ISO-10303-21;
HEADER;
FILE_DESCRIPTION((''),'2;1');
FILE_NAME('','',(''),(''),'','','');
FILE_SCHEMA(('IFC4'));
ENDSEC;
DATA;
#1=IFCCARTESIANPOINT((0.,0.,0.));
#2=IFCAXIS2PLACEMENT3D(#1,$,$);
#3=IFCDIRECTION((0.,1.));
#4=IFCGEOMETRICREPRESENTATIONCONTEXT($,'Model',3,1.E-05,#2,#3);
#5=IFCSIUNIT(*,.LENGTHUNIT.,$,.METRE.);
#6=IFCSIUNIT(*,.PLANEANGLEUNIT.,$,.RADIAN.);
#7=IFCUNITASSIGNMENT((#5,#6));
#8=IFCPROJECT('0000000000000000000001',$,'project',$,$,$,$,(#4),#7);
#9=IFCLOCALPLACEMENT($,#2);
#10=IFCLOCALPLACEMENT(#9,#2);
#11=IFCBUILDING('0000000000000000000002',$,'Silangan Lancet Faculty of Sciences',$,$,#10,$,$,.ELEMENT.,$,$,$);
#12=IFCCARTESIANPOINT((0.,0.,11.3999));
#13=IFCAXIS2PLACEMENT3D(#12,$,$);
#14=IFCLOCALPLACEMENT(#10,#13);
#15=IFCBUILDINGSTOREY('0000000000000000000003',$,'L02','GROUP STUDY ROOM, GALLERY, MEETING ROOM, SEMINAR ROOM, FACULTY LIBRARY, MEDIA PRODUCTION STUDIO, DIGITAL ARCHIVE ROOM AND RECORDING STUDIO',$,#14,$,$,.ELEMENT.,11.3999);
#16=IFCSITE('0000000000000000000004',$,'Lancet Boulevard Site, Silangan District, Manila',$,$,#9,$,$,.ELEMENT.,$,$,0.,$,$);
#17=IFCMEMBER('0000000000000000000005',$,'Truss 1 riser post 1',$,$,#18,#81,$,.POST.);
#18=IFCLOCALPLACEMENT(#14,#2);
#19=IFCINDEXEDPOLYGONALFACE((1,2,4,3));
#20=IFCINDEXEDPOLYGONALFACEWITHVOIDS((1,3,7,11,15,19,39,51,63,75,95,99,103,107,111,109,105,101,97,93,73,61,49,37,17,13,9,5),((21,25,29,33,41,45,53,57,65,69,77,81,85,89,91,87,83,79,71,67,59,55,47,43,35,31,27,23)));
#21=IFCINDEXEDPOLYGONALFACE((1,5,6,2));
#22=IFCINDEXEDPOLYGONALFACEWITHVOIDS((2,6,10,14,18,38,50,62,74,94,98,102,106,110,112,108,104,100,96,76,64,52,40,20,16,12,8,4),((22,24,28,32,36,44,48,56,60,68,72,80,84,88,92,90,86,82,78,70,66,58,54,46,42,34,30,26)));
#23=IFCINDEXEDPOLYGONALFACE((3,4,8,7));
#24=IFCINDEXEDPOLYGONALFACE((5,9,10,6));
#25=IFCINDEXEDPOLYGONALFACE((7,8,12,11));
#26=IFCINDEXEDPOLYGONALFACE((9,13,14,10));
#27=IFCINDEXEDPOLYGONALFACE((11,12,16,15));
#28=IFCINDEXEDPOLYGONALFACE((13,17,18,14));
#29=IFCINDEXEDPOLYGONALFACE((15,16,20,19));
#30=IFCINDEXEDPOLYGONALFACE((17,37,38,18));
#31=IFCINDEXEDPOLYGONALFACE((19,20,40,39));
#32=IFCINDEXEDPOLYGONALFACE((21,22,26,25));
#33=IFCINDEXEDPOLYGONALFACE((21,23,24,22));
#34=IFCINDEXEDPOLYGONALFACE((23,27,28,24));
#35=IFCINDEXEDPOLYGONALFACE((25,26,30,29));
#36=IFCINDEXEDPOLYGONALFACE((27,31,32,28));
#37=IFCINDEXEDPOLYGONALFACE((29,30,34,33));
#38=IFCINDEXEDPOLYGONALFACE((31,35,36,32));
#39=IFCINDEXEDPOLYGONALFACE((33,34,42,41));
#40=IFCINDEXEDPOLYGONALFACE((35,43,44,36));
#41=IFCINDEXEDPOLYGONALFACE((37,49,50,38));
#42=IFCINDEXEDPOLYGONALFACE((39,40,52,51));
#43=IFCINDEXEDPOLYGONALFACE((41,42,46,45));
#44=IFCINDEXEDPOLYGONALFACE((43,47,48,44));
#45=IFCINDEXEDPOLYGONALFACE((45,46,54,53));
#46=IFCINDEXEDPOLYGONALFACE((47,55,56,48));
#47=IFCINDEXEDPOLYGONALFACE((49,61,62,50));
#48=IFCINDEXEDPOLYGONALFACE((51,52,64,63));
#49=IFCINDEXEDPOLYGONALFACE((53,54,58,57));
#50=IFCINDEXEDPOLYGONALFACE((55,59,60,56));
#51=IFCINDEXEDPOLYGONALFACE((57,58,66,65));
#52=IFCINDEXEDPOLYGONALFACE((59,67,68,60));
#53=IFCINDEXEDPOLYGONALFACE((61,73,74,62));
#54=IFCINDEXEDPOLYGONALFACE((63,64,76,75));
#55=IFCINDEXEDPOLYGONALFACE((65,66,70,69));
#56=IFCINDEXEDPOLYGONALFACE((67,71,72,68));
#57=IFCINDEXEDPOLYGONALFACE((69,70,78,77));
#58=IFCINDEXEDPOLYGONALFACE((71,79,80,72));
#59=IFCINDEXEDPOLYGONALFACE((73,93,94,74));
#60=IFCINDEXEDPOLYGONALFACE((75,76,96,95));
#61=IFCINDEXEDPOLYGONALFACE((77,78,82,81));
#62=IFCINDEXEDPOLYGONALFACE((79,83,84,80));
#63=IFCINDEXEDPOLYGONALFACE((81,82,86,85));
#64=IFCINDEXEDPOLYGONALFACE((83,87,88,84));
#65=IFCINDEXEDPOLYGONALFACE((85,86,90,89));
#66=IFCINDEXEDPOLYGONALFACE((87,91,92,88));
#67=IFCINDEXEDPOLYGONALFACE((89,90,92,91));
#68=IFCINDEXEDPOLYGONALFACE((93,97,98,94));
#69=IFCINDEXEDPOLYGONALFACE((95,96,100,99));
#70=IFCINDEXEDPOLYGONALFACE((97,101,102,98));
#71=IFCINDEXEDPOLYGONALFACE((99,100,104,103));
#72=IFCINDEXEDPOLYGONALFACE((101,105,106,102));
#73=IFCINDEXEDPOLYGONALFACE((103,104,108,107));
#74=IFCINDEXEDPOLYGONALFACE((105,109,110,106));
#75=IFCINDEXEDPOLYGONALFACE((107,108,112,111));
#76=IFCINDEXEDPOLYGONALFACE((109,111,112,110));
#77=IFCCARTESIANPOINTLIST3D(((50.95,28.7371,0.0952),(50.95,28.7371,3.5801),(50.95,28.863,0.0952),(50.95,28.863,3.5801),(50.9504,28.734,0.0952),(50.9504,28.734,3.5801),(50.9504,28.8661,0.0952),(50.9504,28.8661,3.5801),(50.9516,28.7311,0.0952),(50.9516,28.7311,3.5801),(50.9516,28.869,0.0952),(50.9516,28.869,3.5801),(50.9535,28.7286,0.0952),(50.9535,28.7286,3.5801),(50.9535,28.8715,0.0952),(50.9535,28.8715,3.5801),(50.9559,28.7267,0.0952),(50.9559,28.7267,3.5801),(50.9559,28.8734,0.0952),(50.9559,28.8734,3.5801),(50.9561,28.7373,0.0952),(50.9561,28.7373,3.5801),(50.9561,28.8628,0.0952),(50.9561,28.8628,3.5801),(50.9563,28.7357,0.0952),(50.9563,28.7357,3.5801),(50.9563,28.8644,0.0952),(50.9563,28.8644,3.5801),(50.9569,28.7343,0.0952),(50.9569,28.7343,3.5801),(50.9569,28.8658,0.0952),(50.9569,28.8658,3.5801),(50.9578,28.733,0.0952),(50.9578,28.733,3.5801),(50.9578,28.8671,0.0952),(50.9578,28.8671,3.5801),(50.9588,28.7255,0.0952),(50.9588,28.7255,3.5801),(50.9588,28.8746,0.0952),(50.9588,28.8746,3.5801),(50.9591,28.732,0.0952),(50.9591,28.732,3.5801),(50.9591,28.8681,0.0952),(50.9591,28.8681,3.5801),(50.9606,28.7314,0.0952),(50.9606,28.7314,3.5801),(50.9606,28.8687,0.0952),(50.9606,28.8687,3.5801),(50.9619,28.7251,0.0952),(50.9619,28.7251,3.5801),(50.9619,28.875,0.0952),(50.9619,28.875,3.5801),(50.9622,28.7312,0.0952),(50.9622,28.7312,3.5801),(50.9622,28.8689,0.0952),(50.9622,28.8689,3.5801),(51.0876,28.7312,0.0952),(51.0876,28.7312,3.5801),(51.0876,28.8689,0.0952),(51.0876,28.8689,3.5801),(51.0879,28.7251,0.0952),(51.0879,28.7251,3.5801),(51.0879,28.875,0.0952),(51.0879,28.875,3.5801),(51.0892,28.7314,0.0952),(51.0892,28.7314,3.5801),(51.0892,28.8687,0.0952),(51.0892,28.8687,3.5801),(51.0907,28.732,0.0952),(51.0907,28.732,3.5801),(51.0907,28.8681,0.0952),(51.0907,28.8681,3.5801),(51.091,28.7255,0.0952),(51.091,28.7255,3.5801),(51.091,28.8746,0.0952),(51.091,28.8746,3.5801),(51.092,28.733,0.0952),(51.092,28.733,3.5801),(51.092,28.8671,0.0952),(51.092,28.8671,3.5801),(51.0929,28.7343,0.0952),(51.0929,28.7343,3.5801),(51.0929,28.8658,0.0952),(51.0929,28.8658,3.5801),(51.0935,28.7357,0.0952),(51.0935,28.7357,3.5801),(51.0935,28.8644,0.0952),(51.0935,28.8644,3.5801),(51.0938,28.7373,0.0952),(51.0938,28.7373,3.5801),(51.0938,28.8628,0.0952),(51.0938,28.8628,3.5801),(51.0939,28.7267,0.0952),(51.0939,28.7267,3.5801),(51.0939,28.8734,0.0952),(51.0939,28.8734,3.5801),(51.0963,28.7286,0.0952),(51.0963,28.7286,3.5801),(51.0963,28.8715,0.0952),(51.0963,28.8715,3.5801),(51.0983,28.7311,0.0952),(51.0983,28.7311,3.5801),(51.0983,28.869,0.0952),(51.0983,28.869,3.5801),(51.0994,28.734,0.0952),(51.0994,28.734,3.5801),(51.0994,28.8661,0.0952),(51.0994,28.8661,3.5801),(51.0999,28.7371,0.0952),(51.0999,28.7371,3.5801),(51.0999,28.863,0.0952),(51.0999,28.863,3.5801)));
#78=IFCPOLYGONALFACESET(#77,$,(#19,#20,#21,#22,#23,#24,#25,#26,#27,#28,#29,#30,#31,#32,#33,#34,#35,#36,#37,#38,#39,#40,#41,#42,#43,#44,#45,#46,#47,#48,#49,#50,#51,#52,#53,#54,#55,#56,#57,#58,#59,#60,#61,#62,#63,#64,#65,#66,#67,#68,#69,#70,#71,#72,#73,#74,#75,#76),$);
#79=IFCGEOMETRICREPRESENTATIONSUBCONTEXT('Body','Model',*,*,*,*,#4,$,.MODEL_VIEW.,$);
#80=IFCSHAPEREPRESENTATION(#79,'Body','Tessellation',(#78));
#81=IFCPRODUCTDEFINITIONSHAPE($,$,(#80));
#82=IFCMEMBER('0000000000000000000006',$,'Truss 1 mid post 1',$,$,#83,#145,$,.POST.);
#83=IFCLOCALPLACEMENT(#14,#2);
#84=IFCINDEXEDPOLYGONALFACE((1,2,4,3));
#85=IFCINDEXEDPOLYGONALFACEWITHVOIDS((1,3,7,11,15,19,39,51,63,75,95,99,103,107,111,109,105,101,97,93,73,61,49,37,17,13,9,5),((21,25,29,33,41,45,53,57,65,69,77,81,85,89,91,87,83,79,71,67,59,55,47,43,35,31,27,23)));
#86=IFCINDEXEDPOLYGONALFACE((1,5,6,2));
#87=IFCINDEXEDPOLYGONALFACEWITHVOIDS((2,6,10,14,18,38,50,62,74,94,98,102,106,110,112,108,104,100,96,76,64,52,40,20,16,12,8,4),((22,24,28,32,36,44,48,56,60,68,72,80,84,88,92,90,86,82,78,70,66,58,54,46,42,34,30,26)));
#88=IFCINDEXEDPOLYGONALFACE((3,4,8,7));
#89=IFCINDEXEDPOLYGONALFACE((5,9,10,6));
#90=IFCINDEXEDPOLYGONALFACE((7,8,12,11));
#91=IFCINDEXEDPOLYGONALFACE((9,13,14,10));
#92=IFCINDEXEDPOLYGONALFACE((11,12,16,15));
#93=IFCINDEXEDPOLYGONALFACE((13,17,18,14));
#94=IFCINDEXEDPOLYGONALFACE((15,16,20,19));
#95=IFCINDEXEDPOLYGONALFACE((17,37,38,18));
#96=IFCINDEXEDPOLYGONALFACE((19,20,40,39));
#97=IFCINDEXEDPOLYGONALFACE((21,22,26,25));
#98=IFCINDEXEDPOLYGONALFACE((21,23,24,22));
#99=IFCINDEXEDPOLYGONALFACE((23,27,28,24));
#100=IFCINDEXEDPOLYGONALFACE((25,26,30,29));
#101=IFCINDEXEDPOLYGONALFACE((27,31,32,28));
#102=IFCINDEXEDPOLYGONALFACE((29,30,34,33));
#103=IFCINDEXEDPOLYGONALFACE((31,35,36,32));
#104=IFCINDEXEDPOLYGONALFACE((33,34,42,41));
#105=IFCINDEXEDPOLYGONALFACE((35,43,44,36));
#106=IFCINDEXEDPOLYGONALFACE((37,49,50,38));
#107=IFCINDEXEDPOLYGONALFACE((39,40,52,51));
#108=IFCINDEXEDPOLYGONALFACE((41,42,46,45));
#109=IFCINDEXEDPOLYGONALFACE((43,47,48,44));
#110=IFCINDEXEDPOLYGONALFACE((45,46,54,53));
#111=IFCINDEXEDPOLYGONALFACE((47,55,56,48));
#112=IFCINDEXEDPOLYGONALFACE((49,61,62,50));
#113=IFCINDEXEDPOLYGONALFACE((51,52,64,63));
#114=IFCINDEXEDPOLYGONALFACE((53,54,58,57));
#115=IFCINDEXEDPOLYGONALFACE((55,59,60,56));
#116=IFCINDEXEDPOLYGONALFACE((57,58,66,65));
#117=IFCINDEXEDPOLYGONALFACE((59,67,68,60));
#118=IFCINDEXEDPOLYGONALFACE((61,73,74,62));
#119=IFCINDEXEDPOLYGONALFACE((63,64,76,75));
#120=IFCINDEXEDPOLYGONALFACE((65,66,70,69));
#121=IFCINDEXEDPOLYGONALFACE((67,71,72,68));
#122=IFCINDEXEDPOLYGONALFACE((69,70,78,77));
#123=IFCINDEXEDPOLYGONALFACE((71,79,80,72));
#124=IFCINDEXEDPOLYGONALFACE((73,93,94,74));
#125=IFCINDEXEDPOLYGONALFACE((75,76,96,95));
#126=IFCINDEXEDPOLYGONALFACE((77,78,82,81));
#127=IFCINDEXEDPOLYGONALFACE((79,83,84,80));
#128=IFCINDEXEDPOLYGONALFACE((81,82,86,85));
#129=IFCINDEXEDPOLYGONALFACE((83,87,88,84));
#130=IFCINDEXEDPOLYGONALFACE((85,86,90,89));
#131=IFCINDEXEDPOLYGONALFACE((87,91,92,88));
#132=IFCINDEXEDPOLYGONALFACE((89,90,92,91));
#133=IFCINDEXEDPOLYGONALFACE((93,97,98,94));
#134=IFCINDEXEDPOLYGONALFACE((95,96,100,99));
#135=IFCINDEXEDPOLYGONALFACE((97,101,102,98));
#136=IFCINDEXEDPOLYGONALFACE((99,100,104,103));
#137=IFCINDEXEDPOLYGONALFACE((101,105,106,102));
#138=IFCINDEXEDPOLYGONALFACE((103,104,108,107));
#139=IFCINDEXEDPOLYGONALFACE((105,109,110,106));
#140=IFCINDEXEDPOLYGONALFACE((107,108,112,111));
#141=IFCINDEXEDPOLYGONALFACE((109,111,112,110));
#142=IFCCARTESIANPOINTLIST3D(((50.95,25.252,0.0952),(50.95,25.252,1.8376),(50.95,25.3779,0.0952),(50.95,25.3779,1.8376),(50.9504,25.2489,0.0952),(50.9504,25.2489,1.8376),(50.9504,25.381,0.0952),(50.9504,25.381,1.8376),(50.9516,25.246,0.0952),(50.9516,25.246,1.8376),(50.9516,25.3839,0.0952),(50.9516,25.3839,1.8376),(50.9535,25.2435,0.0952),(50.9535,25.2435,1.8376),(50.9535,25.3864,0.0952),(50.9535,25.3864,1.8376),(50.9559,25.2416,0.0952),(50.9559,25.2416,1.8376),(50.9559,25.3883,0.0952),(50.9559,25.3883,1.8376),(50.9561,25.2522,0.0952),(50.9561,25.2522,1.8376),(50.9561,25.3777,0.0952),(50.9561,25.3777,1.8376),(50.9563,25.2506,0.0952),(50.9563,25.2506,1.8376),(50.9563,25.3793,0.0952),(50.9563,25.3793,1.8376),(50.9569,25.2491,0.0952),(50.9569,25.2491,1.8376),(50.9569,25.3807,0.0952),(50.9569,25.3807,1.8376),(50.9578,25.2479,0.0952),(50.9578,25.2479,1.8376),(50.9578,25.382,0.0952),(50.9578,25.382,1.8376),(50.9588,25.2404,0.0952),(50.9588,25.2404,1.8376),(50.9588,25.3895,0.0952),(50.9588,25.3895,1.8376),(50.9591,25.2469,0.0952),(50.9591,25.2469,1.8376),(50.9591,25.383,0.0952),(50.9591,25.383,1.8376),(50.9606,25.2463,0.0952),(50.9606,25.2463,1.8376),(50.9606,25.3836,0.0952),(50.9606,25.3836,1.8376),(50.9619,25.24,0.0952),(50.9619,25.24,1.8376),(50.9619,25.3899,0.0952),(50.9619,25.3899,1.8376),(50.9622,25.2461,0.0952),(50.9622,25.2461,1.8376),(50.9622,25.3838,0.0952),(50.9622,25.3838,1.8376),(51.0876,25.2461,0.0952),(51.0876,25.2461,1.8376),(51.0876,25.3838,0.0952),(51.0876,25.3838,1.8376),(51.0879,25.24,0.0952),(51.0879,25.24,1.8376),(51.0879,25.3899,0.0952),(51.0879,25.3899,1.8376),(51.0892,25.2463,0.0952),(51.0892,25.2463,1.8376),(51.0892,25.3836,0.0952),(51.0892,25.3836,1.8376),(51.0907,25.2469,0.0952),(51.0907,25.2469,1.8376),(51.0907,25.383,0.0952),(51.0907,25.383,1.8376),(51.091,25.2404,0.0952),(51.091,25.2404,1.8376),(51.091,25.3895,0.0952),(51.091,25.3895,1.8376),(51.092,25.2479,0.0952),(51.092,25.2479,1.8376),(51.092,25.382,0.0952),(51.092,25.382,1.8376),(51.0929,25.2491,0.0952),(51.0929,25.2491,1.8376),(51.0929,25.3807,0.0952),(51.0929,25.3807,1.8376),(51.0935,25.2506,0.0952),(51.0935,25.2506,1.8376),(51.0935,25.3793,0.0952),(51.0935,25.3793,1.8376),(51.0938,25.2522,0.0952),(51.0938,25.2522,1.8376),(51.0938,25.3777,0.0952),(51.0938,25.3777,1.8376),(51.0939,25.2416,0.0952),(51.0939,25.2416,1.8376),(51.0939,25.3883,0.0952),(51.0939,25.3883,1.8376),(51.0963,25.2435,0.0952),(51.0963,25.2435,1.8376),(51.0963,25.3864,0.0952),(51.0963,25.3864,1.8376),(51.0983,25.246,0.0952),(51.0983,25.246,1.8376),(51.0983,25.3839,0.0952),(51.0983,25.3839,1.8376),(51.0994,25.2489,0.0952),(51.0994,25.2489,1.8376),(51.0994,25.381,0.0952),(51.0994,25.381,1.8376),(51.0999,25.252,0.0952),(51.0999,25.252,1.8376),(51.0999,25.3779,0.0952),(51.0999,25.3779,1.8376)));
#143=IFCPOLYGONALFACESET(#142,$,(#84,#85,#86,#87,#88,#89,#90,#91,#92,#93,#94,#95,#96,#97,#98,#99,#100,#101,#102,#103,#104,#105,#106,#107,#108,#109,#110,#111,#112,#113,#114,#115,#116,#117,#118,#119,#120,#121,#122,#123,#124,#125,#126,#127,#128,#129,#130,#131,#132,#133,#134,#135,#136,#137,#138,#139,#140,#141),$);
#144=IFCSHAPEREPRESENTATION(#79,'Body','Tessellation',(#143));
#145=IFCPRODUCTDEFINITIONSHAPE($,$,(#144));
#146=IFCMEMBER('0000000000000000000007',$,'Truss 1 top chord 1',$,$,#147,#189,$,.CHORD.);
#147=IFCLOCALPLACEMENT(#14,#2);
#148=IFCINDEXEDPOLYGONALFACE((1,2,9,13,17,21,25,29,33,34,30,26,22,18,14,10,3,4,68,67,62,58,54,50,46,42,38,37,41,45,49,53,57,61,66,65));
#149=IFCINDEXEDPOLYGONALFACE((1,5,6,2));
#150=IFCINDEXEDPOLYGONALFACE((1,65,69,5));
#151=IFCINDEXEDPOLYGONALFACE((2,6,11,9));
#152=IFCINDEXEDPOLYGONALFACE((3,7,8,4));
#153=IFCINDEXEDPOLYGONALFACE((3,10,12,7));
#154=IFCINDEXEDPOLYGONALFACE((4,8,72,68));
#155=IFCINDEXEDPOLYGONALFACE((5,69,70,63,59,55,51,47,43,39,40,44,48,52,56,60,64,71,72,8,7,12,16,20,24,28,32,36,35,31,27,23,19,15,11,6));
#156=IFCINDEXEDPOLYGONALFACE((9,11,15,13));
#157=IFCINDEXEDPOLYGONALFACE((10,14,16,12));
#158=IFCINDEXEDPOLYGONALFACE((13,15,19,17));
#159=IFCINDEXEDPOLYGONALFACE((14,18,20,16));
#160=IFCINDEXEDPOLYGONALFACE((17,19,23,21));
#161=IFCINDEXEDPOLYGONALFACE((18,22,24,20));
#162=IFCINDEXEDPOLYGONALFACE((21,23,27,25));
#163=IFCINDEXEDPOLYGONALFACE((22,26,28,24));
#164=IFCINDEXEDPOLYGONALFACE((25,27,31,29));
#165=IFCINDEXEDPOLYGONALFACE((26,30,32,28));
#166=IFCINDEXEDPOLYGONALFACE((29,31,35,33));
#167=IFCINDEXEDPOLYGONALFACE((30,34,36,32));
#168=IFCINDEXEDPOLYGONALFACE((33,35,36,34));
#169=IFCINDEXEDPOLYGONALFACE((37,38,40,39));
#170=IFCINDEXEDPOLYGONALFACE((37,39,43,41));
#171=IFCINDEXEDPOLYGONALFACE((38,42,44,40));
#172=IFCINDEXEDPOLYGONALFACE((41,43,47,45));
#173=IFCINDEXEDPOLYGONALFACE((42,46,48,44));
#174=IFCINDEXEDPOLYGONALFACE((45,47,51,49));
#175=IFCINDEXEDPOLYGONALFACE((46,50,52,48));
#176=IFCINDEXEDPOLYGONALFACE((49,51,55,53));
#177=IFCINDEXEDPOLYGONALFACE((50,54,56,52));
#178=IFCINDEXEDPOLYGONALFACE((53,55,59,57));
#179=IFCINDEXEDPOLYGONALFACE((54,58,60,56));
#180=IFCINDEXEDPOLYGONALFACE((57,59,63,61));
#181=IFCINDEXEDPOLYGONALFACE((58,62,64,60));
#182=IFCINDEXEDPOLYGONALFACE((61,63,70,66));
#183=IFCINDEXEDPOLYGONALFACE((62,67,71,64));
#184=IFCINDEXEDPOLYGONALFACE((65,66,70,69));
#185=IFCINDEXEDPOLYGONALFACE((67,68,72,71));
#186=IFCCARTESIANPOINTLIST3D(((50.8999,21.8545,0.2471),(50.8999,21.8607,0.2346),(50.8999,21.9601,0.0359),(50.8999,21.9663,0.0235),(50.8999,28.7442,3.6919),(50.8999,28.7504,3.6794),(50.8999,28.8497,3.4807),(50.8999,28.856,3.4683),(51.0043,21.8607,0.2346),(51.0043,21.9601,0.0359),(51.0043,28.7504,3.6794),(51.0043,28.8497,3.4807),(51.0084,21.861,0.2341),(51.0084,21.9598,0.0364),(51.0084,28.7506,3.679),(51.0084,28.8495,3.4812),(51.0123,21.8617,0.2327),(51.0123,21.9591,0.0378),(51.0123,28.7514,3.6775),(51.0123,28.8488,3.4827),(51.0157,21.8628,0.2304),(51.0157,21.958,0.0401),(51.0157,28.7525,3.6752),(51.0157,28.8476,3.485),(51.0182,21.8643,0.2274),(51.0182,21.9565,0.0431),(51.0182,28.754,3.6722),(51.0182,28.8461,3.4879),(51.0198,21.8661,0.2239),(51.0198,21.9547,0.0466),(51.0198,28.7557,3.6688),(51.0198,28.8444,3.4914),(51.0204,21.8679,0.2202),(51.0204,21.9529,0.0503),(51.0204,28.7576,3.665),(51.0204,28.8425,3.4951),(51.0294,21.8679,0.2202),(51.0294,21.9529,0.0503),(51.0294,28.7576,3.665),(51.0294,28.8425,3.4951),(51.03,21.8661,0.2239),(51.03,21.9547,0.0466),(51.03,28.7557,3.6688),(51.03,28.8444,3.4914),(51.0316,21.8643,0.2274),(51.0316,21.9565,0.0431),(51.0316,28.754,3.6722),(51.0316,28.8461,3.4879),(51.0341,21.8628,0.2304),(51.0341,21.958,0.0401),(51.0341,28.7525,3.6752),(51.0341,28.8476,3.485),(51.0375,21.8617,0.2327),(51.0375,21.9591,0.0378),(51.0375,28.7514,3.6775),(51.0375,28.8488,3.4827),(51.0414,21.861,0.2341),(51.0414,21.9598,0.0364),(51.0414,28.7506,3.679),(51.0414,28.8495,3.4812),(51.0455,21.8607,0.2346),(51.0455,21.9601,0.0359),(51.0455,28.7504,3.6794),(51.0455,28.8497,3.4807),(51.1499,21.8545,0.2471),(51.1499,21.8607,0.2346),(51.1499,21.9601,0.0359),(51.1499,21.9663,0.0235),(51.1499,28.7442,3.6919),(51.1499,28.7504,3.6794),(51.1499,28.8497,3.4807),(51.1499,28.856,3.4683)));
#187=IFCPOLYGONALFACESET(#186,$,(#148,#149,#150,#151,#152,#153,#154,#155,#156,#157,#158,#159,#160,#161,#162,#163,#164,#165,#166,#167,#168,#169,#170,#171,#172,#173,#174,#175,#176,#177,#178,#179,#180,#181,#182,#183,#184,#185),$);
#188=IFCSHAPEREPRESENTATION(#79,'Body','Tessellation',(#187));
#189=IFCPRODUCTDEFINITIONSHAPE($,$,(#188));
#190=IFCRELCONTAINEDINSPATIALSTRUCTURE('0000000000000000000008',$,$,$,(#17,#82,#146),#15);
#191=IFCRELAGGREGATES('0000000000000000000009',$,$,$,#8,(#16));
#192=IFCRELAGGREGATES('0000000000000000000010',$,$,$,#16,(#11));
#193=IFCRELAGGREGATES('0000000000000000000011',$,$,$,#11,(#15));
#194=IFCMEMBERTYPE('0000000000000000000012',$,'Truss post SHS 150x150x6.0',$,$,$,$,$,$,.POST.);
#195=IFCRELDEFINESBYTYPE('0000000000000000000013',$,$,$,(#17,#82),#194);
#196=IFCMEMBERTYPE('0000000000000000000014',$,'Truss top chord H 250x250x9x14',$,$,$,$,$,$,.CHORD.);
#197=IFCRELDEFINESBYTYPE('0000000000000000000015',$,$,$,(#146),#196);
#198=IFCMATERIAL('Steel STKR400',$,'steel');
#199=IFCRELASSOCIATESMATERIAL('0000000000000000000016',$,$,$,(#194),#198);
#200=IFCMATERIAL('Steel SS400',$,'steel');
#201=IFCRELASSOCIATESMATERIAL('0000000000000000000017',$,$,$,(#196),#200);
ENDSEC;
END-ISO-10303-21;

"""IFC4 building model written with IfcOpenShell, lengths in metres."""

from ifc_helpers import new_model, si_unit, direction, frame, origin, origin_2d, place, context, subcontext, project, spatial, hollow_rectangle, i_section, extrude, material, material_profile, profile_set, type_object, element, save


model = new_model("IFC4")

# Units and contexts
model_context = context("Model", 3, precision=1e-05, world=origin(), true_north=direction((0.0, 1.0)))
body_context = subcontext(model_context, "Body", "Model", "MODEL_VIEW")
ifc_project = project(units=[si_unit("LENGTHUNIT", "METRE"), si_unit("PLANEANGLEUNIT", "RADIAN")], contexts=[model_context])

# Site, building, storey
site_placement = place(None, origin())
site = spatial("IfcSite", under=ifc_project, at=site_placement, Name="Lancet Boulevard Site, Silangan District, Manila", CompositionType="ELEMENT", RefElevation=0.0)
building_placement = place(site_placement, origin())
building = spatial("IfcBuilding", under=site, at=building_placement, Name="Silangan Lancet Faculty of Sciences", CompositionType="ELEMENT")
storey_placement = place(building_placement, frame((0.0, 0.0, 11.3999)))
storey = spatial("IfcBuildingStorey", under=building, at=storey_placement, Name="L02", Description="GROUP STUDY ROOM, GALLERY, MEETING ROOM, SEMINAR ROOM, FACULTY LIBRARY, MEDIA PRODUCTION STUDIO, DIGITAL ARCHIVE ROOM AND RECORDING STUDIO", CompositionType="ELEMENT", Elevation=11.3999)

# Members
ifc_material_1 = material(Name="Steel STKR400", Category="steel")
ifc_material_profile_1 = material_profile(ifc_material_1, hollow_rectangle(XDim=0.1499, YDim=0.1499, WallThickness=0.0061, InnerFilletRadius=0.0061, OuterFilletRadius=0.012, at=origin_2d()), Name="SHS 150x150x6.0")
ifc_profile_set_1 = profile_set([ifc_material_profile_1], Name="Steel STKR400")
member_type_1 = type_object("IfcMemberType", Name="Truss post SHS 150x150x6.0", PredefinedType="POST", material=ifc_profile_set_1)
member_1_placement = place(storey_placement, frame((51.0249, 28.8, 0.0952), z_axis=(0.0, 0.0, 1.0), x_axis=(1.0, 0.0, 0.0)))
element("IfcMember", 1, at=member_1_placement, inside=storey, type_object=member_type_1, Name="Truss 1 riser post 1", PredefinedType="POST", context=body_context, shape_type="SweptSolid", body=[
    extrude(hollow_rectangle(XDim=0.1499, YDim=0.1499, WallThickness=0.0061, InnerFilletRadius=0.0061, OuterFilletRadius=0.012, at=origin_2d()), origin(), (0.0, 0.0, 1.0), 3.4849),
])
member_2_placement = place(storey_placement, frame((51.0249, 25.3149, 0.0952), z_axis=(0.0, 0.0, 1.0), x_axis=(1.0, 0.0, 0.0)))
element("IfcMember", 2, at=member_2_placement, inside=storey, type_object=member_type_1, Name="Truss 1 mid post 1", PredefinedType="POST", context=body_context, shape_type="SweptSolid", body=[
    extrude(hollow_rectangle(XDim=0.1499, YDim=0.1499, WallThickness=0.0061, InnerFilletRadius=0.0061, OuterFilletRadius=0.012, at=origin_2d()), origin(), (0.0, 0.0, 1.0), 1.7424),
])
ifc_material_2 = material(Name="Steel SS400", Category="steel")
ifc_material_profile_2 = material_profile(ifc_material_2, i_section(OverallWidth=0.25, OverallDepth=0.25, WebThickness=0.009, FlangeThickness=0.0139, FilletRadius=0.0161, at=origin_2d()), Name="H 250x250x9x14")
ifc_profile_set_2 = profile_set([ifc_material_profile_2], Name="Steel SS400")
member_type_2 = type_object("IfcMemberType", Name="Truss top chord H 250x250x9x14", PredefinedType="CHORD", material=ifc_profile_set_2)
member_3_placement = place(storey_placement, frame((51.0249, 21.9104, 0.1353), z_axis=(0.0, 0.894427, 0.447214), x_axis=(-1.0, 0.0, 0.0)))
element("IfcMember", 3, at=member_3_placement, inside=storey, type_object=member_type_2, Name="Truss 1 top chord 1", PredefinedType="CHORD", context=body_context, shape_type="SweptSolid", body=[
    extrude(i_section(OverallWidth=0.25, OverallDepth=0.25, WebThickness=0.009, FlangeThickness=0.0139, FilletRadius=0.0161, at=origin_2d()), origin(), (0.0, 0.0, 1.0), 7.7029),
])

save(model, "model.ifc")
